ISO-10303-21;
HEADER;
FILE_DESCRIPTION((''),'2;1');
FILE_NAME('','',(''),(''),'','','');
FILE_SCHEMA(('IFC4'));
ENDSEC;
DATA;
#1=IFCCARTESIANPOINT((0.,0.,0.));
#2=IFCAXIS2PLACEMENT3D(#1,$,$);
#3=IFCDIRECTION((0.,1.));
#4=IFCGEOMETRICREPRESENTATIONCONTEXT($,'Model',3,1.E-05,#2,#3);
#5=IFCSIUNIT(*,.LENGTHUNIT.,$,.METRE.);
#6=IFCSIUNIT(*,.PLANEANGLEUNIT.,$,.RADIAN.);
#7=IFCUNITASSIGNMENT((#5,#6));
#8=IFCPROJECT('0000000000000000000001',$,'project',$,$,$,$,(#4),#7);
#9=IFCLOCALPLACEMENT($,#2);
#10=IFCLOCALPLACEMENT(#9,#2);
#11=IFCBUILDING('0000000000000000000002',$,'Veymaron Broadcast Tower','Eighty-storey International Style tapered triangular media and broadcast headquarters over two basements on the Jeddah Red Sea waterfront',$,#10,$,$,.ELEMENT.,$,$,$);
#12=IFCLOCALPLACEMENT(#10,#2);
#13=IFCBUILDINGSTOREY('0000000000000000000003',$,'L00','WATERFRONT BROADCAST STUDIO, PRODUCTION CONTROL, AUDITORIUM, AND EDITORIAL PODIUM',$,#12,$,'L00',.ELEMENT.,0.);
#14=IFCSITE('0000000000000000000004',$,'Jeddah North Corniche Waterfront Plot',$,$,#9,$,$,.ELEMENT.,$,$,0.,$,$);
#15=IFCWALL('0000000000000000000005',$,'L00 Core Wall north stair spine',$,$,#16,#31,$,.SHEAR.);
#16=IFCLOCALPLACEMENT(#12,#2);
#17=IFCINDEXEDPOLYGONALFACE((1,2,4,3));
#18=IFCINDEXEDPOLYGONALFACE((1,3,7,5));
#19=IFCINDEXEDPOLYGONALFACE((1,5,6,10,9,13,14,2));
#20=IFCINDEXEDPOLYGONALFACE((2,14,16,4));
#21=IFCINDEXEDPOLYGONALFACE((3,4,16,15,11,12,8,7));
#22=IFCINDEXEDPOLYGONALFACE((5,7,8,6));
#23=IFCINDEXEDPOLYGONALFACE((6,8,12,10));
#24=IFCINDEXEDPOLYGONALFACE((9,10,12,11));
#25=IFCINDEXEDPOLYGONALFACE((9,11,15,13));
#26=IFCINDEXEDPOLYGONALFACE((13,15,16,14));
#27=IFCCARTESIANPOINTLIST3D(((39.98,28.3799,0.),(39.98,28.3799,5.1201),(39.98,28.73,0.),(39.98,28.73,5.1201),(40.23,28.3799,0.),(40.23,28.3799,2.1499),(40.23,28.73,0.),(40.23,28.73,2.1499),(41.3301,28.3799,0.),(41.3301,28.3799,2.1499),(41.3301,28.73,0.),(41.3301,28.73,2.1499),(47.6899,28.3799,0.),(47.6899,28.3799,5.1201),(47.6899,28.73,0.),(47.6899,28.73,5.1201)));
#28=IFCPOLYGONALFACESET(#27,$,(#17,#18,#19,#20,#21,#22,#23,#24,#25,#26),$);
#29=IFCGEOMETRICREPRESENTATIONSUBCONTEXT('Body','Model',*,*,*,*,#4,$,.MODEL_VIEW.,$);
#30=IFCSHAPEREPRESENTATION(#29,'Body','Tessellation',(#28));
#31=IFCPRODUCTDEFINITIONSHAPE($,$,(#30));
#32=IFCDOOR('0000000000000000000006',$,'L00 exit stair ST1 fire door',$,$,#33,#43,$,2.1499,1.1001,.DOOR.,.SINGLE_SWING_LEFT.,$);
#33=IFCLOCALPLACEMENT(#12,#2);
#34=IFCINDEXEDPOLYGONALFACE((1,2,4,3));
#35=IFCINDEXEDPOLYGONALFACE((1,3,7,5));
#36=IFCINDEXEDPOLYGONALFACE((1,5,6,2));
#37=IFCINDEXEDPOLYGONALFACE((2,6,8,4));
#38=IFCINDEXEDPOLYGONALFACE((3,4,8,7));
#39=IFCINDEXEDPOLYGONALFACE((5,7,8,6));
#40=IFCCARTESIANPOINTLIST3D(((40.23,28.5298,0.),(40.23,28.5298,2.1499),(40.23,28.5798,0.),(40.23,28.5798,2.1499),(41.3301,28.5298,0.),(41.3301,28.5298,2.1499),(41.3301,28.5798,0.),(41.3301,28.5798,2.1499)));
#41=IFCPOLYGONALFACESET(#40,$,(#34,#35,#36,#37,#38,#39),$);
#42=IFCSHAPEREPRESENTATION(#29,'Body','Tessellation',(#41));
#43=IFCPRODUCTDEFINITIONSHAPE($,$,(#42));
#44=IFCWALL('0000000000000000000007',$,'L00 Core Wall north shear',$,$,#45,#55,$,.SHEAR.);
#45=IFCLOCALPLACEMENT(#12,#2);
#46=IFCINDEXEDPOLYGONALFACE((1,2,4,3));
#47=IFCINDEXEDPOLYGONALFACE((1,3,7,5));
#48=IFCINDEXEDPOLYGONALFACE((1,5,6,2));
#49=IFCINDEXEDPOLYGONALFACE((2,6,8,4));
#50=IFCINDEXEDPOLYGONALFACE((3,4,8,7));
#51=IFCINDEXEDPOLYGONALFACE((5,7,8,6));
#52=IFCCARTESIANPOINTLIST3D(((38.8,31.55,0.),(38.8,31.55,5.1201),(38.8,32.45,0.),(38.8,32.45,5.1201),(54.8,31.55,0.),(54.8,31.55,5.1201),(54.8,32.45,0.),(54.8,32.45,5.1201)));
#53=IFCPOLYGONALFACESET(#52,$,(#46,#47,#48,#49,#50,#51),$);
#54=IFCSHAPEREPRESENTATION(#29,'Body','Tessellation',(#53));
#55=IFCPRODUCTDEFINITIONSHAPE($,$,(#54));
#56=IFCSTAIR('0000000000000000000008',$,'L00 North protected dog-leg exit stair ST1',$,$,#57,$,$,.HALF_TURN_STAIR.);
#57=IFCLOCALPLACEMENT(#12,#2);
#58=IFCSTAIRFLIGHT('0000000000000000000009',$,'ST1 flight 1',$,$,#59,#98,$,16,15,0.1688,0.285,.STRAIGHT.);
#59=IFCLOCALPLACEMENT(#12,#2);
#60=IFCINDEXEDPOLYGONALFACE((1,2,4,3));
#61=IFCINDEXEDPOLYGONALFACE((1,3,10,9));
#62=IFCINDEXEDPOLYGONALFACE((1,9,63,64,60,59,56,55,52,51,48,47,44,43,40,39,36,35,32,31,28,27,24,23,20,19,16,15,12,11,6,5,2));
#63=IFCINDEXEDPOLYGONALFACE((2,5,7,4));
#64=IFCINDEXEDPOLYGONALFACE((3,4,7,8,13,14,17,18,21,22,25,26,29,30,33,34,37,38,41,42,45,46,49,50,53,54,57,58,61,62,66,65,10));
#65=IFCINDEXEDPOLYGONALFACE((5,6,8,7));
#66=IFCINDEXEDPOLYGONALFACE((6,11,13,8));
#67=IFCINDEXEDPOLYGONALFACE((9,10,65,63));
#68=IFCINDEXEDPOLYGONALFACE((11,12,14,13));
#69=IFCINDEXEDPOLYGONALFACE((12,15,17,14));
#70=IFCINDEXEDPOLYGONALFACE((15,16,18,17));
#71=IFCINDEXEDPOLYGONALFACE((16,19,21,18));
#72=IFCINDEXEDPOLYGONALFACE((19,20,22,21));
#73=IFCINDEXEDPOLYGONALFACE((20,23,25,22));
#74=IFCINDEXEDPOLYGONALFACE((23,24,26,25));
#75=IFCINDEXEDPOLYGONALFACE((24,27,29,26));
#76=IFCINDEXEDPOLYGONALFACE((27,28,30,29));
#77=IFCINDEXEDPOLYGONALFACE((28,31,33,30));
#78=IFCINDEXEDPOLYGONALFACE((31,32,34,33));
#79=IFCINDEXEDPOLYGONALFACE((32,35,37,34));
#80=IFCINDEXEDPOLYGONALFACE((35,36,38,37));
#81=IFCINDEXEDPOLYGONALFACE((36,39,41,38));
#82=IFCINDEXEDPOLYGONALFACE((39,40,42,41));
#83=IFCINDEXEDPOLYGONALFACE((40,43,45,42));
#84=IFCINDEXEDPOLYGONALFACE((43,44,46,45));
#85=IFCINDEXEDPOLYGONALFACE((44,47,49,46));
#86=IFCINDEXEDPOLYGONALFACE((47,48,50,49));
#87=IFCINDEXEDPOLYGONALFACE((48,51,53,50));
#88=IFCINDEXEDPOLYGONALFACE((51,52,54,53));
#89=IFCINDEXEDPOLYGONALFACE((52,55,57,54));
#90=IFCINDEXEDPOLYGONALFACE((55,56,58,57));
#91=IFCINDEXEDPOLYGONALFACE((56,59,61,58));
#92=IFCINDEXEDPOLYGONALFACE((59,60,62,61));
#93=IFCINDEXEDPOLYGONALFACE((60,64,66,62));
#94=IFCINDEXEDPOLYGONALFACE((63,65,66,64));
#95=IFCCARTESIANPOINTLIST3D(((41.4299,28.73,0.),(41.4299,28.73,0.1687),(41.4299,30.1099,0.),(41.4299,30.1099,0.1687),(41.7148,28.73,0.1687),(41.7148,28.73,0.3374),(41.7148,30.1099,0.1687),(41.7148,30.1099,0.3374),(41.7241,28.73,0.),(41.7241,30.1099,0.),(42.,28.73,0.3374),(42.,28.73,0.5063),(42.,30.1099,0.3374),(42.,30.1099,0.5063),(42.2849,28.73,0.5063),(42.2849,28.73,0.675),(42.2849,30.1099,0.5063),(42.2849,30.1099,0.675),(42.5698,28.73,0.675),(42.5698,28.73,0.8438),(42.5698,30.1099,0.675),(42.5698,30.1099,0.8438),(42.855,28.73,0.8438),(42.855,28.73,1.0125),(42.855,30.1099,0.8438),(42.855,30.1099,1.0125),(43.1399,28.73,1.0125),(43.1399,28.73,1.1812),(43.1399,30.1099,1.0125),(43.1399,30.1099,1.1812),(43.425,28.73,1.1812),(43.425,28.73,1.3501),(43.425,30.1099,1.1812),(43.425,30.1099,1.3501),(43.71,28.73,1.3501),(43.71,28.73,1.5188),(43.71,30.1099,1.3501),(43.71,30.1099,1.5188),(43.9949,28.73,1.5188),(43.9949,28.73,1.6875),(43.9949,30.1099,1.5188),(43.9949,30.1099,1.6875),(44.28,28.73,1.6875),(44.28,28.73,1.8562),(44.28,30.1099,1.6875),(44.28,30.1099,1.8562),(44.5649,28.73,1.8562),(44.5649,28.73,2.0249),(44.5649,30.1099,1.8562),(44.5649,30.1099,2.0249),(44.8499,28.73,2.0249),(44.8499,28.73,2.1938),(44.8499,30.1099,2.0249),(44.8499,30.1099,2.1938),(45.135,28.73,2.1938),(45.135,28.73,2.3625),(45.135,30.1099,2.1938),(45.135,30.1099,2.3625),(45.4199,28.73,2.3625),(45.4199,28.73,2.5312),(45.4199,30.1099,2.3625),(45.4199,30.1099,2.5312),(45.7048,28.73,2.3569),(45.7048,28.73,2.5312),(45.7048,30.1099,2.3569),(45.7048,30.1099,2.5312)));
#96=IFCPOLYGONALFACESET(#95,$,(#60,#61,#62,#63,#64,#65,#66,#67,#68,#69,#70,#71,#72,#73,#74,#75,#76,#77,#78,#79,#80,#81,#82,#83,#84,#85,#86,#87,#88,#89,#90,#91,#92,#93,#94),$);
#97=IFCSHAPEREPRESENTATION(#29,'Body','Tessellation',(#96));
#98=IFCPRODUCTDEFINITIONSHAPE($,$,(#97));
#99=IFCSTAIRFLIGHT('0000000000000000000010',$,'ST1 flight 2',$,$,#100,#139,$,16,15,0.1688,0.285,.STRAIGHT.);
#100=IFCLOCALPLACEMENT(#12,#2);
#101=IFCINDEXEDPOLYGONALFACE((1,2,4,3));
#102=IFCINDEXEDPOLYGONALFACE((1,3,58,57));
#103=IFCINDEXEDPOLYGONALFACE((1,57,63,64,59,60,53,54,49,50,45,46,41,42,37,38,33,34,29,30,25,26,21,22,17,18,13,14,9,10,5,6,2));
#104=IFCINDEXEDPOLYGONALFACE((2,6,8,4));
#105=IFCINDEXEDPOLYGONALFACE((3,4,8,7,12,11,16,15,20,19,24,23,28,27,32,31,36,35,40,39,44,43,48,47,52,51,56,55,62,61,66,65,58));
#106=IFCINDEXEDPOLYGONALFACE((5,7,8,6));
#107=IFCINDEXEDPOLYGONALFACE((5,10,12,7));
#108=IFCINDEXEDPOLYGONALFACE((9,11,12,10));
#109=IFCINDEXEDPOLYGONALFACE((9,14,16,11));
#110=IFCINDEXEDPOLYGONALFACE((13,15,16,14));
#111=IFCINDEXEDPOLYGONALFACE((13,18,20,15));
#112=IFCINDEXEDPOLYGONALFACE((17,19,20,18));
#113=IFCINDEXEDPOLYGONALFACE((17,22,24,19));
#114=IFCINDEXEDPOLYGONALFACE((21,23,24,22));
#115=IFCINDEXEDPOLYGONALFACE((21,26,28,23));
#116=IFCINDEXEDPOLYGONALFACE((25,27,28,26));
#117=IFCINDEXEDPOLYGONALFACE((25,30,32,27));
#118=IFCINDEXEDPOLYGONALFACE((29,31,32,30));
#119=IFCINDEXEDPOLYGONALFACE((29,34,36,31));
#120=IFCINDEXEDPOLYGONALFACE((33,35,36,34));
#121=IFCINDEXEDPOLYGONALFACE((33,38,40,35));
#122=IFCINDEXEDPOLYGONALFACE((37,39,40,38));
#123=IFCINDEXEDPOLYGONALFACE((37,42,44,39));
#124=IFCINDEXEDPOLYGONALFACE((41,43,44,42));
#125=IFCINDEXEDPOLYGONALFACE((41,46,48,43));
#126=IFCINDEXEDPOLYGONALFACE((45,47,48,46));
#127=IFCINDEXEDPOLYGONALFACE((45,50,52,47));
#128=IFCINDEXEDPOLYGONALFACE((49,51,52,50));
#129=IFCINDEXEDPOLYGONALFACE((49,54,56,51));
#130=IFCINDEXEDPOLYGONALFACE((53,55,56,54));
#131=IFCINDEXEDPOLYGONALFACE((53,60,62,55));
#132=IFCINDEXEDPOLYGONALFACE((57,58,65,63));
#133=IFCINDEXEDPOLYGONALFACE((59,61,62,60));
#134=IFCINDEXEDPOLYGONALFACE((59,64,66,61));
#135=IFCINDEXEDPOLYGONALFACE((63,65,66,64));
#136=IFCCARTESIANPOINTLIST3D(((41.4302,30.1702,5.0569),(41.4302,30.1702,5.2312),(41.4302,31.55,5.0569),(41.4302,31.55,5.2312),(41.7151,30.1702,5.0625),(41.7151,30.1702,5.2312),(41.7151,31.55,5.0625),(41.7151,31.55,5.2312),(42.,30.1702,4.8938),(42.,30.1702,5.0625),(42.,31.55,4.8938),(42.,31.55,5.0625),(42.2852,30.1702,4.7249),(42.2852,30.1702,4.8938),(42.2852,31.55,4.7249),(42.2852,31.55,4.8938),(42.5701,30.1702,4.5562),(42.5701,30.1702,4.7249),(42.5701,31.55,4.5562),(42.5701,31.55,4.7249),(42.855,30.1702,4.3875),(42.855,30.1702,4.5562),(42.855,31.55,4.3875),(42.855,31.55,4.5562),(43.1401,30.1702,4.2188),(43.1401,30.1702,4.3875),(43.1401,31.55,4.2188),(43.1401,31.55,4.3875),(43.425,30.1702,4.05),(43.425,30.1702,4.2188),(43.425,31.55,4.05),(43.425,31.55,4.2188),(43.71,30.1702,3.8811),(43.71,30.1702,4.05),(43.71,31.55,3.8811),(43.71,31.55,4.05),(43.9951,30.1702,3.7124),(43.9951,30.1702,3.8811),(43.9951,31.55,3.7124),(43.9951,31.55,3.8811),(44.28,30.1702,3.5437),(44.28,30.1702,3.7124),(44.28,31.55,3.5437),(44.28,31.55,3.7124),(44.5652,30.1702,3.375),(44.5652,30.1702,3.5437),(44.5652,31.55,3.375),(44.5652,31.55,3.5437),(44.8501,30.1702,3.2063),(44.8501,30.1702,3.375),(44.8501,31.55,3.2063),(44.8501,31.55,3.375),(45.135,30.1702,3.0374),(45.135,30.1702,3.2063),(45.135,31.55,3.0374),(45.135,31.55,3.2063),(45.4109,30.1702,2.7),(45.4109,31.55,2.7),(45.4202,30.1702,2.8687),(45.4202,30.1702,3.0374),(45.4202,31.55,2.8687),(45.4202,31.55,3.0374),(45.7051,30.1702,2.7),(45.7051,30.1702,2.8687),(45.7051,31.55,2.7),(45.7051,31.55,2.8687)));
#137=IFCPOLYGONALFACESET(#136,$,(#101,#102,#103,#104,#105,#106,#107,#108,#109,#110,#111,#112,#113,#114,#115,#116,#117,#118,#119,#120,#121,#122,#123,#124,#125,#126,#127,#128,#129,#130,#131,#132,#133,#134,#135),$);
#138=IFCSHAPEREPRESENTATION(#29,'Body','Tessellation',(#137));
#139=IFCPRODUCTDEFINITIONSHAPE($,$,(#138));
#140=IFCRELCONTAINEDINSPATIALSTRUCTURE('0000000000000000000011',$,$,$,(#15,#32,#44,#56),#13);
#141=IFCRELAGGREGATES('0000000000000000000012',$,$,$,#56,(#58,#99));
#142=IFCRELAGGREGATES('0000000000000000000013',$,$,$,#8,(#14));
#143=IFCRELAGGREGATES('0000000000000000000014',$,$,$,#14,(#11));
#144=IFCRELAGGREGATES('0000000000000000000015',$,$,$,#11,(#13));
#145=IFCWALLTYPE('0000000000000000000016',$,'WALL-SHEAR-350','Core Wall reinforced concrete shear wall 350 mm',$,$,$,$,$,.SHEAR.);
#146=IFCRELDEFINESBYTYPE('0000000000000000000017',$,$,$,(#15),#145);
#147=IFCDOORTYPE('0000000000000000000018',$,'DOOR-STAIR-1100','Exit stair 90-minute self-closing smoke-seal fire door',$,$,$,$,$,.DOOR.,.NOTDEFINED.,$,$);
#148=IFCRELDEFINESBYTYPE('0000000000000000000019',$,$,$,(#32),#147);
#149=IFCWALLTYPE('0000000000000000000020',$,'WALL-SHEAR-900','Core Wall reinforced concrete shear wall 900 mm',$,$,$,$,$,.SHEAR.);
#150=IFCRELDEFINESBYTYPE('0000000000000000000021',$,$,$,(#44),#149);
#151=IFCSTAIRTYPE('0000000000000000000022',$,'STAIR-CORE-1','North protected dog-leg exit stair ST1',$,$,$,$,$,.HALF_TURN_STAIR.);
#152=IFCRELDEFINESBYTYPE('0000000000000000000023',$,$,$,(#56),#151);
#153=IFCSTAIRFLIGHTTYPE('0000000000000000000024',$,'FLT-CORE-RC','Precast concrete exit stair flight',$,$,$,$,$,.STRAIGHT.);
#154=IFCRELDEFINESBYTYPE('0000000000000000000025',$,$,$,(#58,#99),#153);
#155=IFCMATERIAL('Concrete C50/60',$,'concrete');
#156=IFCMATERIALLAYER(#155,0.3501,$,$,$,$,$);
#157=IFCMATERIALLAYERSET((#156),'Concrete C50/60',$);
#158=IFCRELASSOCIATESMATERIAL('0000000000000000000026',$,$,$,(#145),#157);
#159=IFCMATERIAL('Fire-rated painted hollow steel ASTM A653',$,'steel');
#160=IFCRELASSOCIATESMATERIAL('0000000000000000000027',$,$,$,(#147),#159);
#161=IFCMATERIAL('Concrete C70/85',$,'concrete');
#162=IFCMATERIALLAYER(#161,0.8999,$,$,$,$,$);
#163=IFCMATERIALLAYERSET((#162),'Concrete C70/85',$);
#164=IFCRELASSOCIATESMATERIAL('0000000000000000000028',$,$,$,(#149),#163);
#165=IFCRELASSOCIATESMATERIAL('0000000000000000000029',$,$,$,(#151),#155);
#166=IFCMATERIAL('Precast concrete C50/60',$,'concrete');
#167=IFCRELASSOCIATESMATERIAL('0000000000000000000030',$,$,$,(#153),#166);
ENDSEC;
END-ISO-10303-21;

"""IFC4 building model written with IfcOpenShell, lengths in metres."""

from ifc_helpers import new_model, si_unit, direction, frame, frame_2d, origin, place, context, subcontext, project, spatial, polyline, rectangle, outline, extrude, material, layer, layer_set, type_object, element, fill, aggregate, save


model = new_model("IFC4")

# Units and contexts
model_context = context("Model", 3, precision=1e-05, world=origin(), true_north=direction((0.0, 1.0)))
body_context = subcontext(model_context, "Body", "Model", "MODEL_VIEW")
ifc_project = project(units=[si_unit("LENGTHUNIT", "METRE"), si_unit("PLANEANGLEUNIT", "RADIAN")], contexts=[model_context])

# Site, building, storey
site_placement = place(None, origin())
site = spatial("IfcSite", under=ifc_project, at=site_placement, Name="Jeddah North Corniche Waterfront Plot", CompositionType="ELEMENT", RefElevation=0.0)
building_placement = place(site_placement, origin())
building = spatial("IfcBuilding", under=site, at=building_placement, Name="Veymaron Broadcast Tower", Description="Eighty-storey International Style tapered triangular media and broadcast headquarters over two basements on the Jeddah Red Sea waterfront", CompositionType="ELEMENT")
storey_placement = place(building_placement, origin())
storey = spatial("IfcBuildingStorey", under=building, at=storey_placement, Name="L00", Description="WATERFRONT BROADCAST STUDIO, PRODUCTION CONTROL, AUDITORIUM, AND EDITORIAL PODIUM", LongName="L00", CompositionType="ELEMENT", Elevation=0.0)

# Wall, opening, door
ifc_material_1 = material(Name="Concrete C50/60", Category="concrete")
ifc_layer_1 = layer(ifc_material_1, 0.3501)
ifc_layer_set_1 = layer_set([ifc_layer_1], Name="Concrete C50/60")
wall_type_1 = type_object("IfcWallType", Name="WALL-SHEAR-350", Description="Core Wall reinforced concrete shear wall 350 mm", PredefinedType="SHEAR", material=ifc_layer_set_1)
wall_1_placement = place(storey_placement, frame((39.98, 28.5549, 0.0), z_axis=(0.0, 0.0, 1.0), x_axis=(1.0, 0.0, 0.0)))
wall_1 = element("IfcWall", 1, at=wall_1_placement, inside=storey, type_object=wall_type_1, Name="L00 Core Wall north stair spine", PredefinedType="SHEAR", context=body_context, shape_type="SweptSolid", body=[
    extrude(rectangle(XDim=7.71, YDim=0.3501, at=frame_2d((3.855, 0.0))), origin(), (0.0, 0.0, 1.0), 5.1201),
])
opening_placement = place(wall_1_placement, frame((0.25, 0.0, 0.0)))
opening = element("IfcOpeningElement", 2, at=opening_placement, cuts=wall_1, PredefinedType="OPENING", context=body_context, shape_type="SweptSolid", body=[
    extrude(rectangle(XDim=1.1001, YDim=2.1499, at=frame_2d((0.55, 1.075))), frame((0.0, 0.1851, 0.0), z_axis=(0.0, -1.0, 0.0), x_axis=(1.0, 0.0, 0.0)), (0.0, 0.0, 1.0), 0.3701),
])
ifc_material_2 = material(Name="Fire-rated painted hollow steel ASTM A653", Category="steel")
door_type = type_object("IfcDoorType", Name="DOOR-STAIR-1100", Description="Exit stair 90-minute self-closing smoke-seal fire door", OperationType="NOTDEFINED", PredefinedType="DOOR", material=ifc_material_2)
door_placement = place(opening_placement, origin())
door = element("IfcDoor", 3, at=door_placement, inside=storey, type_object=door_type, Name="L00 exit stair ST1 fire door", OperationType="SINGLE_SWING_LEFT", OverallHeight=2.1499, OverallWidth=1.1001, PredefinedType="DOOR", context=body_context, shape_type="SweptSolid", body=[
    extrude(rectangle(XDim=1.1001, YDim=2.1499, at=frame_2d((0.55, 1.075))), frame((0.0, 0.0249, 0.0), z_axis=(0.0, -1.0, 0.0), x_axis=(1.0, 0.0, 0.0)), (0.0, 0.0, 1.0), 0.05),
])
fill(opening, door)

# Wall
ifc_material_3 = material(Name="Concrete C70/85", Category="concrete")
ifc_layer_2 = layer(ifc_material_3, 0.8999)
ifc_layer_set_2 = layer_set([ifc_layer_2], Name="Concrete C70/85")
wall_type_2 = type_object("IfcWallType", Name="WALL-SHEAR-900", Description="Core Wall reinforced concrete shear wall 900 mm", PredefinedType="SHEAR", material=ifc_layer_set_2)
wall_2_placement = place(storey_placement, frame((38.8, 32.0, 0.0), z_axis=(0.0, 0.0, 1.0), x_axis=(1.0, 0.0, 0.0)))
element("IfcWall", 4, at=wall_2_placement, inside=storey, type_object=wall_type_2, Name="L00 Core Wall north shear", PredefinedType="SHEAR", context=body_context, shape_type="SweptSolid", body=[
    extrude(rectangle(XDim=16.0, YDim=0.8999, at=frame_2d((8.0, 0.0))), origin(), (0.0, 0.0, 1.0), 5.1201),
])

# Stair, stair flights
stair_type_1 = type_object("IfcStairType", Name="STAIR-CORE-1", Description="North protected dog-leg exit stair ST1", PredefinedType="HALF_TURN_STAIR", material=ifc_material_1)
stair_1_placement = place(storey_placement, origin())
stair_1 = element("IfcStair", 5, at=stair_1_placement, inside=storey, type_object=stair_type_1, Name="L00 North protected dog-leg exit stair ST1", PredefinedType="HALF_TURN_STAIR")
ifc_material_4 = material(Name="Precast concrete C50/60", Category="concrete")
stair_flight_type_1 = type_object("IfcStairFlightType", Name="FLT-CORE-RC", Description="Precast concrete exit stair flight", PredefinedType="STRAIGHT", material=ifc_material_4)
stair_flight_1_placement = place(storey_placement, frame((41.4299, 29.4199, 0.0), z_axis=(0.0, 0.0, 1.0), x_axis=(1.0, 0.0, 0.0)))
stair_flight_1 = element("IfcStairFlight", 6, at=stair_flight_1_placement, type_object=stair_flight_type_1, Name="ST1 flight 1", NumberOfRisers=16, NumberOfTreads=15, PredefinedType="STRAIGHT", RiserHeight=0.1688, TreadLength=0.285, context=body_context, shape_type="SweptSolid", body=[
    extrude(outline(polyline([(0.0, 0.0), (0.0, 0.1687), (0.2849, 0.1687), (0.2849, 0.3374), (0.5701, 0.3374), (0.5701, 0.5063), (0.855, 0.5063), (0.855, 0.675), (1.1399, 0.675), (1.1399, 0.8438), (1.425, 0.8438), (1.425, 1.0125), (1.71, 1.0125), (1.71, 1.1812), (1.9951, 1.1812), (1.9951, 1.3501), (2.28, 1.3501), (2.28, 1.5188), (2.5649, 1.5188), (2.5649, 1.6875), (2.8501, 1.6875), (2.8501, 1.8562), (3.135, 1.8562), (3.135, 2.0249), (3.4199, 2.0249), (3.4199, 2.1938), (3.7051, 2.1938), (3.7051, 2.3625), (3.99, 2.3625), (3.99, 2.5312), (4.2749, 2.5312), (4.2749, 2.7), (4.2749, 2.3569), (0.2942, 0.0), (0.0, 0.0)])), frame((0.0, 0.6899, 0.0), z_axis=(0.0, -1.0, 0.0), x_axis=(1.0, 0.0, 0.0)), (0.0, 0.0, 1.0), 1.3799),
])
stair_flight_2_placement = place(storey_placement, frame((45.7051, 30.8601, 2.7), z_axis=(0.0, 0.0, 1.0), x_axis=(-1.0, 0.0, 0.0)))
stair_flight_2 = element("IfcStairFlight", 7, at=stair_flight_2_placement, type_object=stair_flight_type_1, Name="ST1 flight 2", NumberOfRisers=16, NumberOfTreads=15, PredefinedType="STRAIGHT", RiserHeight=0.1688, TreadLength=0.285, context=body_context, shape_type="SweptSolid", body=[
    extrude(outline(polyline([(0.0, 0.0), (0.0, 0.1687), (0.2849, 0.1687), (0.2849, 0.3374), (0.5701, 0.3374), (0.5701, 0.5063), (0.855, 0.5063), (0.855, 0.675), (1.1399, 0.675), (1.1399, 0.8438), (1.425, 0.8438), (1.425, 1.0125), (1.71, 1.0125), (1.71, 1.1812), (1.9951, 1.1812), (1.9951, 1.3501), (2.28, 1.3501), (2.28, 1.5188), (2.5649, 1.5188), (2.5649, 1.6875), (2.8501, 1.6875), (2.8501, 1.8562), (3.135, 1.8562), (3.135, 2.0249), (3.4199, 2.0249), (3.4199, 2.1938), (3.7051, 2.1938), (3.7051, 2.3625), (3.99, 2.3625), (3.99, 2.5312), (4.2749, 2.5312), (4.2749, 2.7), (4.2749, 2.3569), (0.2942, 0.0), (0.0, 0.0)])), frame((0.0, 0.6899, 0.0), z_axis=(0.0, -1.0, 0.0), x_axis=(1.0, 0.0, 0.0)), (0.0, 0.0, 1.0), 1.3799),
])
aggregate(stair_1, [stair_flight_1, stair_flight_2])

save(model, "model.ifc")
